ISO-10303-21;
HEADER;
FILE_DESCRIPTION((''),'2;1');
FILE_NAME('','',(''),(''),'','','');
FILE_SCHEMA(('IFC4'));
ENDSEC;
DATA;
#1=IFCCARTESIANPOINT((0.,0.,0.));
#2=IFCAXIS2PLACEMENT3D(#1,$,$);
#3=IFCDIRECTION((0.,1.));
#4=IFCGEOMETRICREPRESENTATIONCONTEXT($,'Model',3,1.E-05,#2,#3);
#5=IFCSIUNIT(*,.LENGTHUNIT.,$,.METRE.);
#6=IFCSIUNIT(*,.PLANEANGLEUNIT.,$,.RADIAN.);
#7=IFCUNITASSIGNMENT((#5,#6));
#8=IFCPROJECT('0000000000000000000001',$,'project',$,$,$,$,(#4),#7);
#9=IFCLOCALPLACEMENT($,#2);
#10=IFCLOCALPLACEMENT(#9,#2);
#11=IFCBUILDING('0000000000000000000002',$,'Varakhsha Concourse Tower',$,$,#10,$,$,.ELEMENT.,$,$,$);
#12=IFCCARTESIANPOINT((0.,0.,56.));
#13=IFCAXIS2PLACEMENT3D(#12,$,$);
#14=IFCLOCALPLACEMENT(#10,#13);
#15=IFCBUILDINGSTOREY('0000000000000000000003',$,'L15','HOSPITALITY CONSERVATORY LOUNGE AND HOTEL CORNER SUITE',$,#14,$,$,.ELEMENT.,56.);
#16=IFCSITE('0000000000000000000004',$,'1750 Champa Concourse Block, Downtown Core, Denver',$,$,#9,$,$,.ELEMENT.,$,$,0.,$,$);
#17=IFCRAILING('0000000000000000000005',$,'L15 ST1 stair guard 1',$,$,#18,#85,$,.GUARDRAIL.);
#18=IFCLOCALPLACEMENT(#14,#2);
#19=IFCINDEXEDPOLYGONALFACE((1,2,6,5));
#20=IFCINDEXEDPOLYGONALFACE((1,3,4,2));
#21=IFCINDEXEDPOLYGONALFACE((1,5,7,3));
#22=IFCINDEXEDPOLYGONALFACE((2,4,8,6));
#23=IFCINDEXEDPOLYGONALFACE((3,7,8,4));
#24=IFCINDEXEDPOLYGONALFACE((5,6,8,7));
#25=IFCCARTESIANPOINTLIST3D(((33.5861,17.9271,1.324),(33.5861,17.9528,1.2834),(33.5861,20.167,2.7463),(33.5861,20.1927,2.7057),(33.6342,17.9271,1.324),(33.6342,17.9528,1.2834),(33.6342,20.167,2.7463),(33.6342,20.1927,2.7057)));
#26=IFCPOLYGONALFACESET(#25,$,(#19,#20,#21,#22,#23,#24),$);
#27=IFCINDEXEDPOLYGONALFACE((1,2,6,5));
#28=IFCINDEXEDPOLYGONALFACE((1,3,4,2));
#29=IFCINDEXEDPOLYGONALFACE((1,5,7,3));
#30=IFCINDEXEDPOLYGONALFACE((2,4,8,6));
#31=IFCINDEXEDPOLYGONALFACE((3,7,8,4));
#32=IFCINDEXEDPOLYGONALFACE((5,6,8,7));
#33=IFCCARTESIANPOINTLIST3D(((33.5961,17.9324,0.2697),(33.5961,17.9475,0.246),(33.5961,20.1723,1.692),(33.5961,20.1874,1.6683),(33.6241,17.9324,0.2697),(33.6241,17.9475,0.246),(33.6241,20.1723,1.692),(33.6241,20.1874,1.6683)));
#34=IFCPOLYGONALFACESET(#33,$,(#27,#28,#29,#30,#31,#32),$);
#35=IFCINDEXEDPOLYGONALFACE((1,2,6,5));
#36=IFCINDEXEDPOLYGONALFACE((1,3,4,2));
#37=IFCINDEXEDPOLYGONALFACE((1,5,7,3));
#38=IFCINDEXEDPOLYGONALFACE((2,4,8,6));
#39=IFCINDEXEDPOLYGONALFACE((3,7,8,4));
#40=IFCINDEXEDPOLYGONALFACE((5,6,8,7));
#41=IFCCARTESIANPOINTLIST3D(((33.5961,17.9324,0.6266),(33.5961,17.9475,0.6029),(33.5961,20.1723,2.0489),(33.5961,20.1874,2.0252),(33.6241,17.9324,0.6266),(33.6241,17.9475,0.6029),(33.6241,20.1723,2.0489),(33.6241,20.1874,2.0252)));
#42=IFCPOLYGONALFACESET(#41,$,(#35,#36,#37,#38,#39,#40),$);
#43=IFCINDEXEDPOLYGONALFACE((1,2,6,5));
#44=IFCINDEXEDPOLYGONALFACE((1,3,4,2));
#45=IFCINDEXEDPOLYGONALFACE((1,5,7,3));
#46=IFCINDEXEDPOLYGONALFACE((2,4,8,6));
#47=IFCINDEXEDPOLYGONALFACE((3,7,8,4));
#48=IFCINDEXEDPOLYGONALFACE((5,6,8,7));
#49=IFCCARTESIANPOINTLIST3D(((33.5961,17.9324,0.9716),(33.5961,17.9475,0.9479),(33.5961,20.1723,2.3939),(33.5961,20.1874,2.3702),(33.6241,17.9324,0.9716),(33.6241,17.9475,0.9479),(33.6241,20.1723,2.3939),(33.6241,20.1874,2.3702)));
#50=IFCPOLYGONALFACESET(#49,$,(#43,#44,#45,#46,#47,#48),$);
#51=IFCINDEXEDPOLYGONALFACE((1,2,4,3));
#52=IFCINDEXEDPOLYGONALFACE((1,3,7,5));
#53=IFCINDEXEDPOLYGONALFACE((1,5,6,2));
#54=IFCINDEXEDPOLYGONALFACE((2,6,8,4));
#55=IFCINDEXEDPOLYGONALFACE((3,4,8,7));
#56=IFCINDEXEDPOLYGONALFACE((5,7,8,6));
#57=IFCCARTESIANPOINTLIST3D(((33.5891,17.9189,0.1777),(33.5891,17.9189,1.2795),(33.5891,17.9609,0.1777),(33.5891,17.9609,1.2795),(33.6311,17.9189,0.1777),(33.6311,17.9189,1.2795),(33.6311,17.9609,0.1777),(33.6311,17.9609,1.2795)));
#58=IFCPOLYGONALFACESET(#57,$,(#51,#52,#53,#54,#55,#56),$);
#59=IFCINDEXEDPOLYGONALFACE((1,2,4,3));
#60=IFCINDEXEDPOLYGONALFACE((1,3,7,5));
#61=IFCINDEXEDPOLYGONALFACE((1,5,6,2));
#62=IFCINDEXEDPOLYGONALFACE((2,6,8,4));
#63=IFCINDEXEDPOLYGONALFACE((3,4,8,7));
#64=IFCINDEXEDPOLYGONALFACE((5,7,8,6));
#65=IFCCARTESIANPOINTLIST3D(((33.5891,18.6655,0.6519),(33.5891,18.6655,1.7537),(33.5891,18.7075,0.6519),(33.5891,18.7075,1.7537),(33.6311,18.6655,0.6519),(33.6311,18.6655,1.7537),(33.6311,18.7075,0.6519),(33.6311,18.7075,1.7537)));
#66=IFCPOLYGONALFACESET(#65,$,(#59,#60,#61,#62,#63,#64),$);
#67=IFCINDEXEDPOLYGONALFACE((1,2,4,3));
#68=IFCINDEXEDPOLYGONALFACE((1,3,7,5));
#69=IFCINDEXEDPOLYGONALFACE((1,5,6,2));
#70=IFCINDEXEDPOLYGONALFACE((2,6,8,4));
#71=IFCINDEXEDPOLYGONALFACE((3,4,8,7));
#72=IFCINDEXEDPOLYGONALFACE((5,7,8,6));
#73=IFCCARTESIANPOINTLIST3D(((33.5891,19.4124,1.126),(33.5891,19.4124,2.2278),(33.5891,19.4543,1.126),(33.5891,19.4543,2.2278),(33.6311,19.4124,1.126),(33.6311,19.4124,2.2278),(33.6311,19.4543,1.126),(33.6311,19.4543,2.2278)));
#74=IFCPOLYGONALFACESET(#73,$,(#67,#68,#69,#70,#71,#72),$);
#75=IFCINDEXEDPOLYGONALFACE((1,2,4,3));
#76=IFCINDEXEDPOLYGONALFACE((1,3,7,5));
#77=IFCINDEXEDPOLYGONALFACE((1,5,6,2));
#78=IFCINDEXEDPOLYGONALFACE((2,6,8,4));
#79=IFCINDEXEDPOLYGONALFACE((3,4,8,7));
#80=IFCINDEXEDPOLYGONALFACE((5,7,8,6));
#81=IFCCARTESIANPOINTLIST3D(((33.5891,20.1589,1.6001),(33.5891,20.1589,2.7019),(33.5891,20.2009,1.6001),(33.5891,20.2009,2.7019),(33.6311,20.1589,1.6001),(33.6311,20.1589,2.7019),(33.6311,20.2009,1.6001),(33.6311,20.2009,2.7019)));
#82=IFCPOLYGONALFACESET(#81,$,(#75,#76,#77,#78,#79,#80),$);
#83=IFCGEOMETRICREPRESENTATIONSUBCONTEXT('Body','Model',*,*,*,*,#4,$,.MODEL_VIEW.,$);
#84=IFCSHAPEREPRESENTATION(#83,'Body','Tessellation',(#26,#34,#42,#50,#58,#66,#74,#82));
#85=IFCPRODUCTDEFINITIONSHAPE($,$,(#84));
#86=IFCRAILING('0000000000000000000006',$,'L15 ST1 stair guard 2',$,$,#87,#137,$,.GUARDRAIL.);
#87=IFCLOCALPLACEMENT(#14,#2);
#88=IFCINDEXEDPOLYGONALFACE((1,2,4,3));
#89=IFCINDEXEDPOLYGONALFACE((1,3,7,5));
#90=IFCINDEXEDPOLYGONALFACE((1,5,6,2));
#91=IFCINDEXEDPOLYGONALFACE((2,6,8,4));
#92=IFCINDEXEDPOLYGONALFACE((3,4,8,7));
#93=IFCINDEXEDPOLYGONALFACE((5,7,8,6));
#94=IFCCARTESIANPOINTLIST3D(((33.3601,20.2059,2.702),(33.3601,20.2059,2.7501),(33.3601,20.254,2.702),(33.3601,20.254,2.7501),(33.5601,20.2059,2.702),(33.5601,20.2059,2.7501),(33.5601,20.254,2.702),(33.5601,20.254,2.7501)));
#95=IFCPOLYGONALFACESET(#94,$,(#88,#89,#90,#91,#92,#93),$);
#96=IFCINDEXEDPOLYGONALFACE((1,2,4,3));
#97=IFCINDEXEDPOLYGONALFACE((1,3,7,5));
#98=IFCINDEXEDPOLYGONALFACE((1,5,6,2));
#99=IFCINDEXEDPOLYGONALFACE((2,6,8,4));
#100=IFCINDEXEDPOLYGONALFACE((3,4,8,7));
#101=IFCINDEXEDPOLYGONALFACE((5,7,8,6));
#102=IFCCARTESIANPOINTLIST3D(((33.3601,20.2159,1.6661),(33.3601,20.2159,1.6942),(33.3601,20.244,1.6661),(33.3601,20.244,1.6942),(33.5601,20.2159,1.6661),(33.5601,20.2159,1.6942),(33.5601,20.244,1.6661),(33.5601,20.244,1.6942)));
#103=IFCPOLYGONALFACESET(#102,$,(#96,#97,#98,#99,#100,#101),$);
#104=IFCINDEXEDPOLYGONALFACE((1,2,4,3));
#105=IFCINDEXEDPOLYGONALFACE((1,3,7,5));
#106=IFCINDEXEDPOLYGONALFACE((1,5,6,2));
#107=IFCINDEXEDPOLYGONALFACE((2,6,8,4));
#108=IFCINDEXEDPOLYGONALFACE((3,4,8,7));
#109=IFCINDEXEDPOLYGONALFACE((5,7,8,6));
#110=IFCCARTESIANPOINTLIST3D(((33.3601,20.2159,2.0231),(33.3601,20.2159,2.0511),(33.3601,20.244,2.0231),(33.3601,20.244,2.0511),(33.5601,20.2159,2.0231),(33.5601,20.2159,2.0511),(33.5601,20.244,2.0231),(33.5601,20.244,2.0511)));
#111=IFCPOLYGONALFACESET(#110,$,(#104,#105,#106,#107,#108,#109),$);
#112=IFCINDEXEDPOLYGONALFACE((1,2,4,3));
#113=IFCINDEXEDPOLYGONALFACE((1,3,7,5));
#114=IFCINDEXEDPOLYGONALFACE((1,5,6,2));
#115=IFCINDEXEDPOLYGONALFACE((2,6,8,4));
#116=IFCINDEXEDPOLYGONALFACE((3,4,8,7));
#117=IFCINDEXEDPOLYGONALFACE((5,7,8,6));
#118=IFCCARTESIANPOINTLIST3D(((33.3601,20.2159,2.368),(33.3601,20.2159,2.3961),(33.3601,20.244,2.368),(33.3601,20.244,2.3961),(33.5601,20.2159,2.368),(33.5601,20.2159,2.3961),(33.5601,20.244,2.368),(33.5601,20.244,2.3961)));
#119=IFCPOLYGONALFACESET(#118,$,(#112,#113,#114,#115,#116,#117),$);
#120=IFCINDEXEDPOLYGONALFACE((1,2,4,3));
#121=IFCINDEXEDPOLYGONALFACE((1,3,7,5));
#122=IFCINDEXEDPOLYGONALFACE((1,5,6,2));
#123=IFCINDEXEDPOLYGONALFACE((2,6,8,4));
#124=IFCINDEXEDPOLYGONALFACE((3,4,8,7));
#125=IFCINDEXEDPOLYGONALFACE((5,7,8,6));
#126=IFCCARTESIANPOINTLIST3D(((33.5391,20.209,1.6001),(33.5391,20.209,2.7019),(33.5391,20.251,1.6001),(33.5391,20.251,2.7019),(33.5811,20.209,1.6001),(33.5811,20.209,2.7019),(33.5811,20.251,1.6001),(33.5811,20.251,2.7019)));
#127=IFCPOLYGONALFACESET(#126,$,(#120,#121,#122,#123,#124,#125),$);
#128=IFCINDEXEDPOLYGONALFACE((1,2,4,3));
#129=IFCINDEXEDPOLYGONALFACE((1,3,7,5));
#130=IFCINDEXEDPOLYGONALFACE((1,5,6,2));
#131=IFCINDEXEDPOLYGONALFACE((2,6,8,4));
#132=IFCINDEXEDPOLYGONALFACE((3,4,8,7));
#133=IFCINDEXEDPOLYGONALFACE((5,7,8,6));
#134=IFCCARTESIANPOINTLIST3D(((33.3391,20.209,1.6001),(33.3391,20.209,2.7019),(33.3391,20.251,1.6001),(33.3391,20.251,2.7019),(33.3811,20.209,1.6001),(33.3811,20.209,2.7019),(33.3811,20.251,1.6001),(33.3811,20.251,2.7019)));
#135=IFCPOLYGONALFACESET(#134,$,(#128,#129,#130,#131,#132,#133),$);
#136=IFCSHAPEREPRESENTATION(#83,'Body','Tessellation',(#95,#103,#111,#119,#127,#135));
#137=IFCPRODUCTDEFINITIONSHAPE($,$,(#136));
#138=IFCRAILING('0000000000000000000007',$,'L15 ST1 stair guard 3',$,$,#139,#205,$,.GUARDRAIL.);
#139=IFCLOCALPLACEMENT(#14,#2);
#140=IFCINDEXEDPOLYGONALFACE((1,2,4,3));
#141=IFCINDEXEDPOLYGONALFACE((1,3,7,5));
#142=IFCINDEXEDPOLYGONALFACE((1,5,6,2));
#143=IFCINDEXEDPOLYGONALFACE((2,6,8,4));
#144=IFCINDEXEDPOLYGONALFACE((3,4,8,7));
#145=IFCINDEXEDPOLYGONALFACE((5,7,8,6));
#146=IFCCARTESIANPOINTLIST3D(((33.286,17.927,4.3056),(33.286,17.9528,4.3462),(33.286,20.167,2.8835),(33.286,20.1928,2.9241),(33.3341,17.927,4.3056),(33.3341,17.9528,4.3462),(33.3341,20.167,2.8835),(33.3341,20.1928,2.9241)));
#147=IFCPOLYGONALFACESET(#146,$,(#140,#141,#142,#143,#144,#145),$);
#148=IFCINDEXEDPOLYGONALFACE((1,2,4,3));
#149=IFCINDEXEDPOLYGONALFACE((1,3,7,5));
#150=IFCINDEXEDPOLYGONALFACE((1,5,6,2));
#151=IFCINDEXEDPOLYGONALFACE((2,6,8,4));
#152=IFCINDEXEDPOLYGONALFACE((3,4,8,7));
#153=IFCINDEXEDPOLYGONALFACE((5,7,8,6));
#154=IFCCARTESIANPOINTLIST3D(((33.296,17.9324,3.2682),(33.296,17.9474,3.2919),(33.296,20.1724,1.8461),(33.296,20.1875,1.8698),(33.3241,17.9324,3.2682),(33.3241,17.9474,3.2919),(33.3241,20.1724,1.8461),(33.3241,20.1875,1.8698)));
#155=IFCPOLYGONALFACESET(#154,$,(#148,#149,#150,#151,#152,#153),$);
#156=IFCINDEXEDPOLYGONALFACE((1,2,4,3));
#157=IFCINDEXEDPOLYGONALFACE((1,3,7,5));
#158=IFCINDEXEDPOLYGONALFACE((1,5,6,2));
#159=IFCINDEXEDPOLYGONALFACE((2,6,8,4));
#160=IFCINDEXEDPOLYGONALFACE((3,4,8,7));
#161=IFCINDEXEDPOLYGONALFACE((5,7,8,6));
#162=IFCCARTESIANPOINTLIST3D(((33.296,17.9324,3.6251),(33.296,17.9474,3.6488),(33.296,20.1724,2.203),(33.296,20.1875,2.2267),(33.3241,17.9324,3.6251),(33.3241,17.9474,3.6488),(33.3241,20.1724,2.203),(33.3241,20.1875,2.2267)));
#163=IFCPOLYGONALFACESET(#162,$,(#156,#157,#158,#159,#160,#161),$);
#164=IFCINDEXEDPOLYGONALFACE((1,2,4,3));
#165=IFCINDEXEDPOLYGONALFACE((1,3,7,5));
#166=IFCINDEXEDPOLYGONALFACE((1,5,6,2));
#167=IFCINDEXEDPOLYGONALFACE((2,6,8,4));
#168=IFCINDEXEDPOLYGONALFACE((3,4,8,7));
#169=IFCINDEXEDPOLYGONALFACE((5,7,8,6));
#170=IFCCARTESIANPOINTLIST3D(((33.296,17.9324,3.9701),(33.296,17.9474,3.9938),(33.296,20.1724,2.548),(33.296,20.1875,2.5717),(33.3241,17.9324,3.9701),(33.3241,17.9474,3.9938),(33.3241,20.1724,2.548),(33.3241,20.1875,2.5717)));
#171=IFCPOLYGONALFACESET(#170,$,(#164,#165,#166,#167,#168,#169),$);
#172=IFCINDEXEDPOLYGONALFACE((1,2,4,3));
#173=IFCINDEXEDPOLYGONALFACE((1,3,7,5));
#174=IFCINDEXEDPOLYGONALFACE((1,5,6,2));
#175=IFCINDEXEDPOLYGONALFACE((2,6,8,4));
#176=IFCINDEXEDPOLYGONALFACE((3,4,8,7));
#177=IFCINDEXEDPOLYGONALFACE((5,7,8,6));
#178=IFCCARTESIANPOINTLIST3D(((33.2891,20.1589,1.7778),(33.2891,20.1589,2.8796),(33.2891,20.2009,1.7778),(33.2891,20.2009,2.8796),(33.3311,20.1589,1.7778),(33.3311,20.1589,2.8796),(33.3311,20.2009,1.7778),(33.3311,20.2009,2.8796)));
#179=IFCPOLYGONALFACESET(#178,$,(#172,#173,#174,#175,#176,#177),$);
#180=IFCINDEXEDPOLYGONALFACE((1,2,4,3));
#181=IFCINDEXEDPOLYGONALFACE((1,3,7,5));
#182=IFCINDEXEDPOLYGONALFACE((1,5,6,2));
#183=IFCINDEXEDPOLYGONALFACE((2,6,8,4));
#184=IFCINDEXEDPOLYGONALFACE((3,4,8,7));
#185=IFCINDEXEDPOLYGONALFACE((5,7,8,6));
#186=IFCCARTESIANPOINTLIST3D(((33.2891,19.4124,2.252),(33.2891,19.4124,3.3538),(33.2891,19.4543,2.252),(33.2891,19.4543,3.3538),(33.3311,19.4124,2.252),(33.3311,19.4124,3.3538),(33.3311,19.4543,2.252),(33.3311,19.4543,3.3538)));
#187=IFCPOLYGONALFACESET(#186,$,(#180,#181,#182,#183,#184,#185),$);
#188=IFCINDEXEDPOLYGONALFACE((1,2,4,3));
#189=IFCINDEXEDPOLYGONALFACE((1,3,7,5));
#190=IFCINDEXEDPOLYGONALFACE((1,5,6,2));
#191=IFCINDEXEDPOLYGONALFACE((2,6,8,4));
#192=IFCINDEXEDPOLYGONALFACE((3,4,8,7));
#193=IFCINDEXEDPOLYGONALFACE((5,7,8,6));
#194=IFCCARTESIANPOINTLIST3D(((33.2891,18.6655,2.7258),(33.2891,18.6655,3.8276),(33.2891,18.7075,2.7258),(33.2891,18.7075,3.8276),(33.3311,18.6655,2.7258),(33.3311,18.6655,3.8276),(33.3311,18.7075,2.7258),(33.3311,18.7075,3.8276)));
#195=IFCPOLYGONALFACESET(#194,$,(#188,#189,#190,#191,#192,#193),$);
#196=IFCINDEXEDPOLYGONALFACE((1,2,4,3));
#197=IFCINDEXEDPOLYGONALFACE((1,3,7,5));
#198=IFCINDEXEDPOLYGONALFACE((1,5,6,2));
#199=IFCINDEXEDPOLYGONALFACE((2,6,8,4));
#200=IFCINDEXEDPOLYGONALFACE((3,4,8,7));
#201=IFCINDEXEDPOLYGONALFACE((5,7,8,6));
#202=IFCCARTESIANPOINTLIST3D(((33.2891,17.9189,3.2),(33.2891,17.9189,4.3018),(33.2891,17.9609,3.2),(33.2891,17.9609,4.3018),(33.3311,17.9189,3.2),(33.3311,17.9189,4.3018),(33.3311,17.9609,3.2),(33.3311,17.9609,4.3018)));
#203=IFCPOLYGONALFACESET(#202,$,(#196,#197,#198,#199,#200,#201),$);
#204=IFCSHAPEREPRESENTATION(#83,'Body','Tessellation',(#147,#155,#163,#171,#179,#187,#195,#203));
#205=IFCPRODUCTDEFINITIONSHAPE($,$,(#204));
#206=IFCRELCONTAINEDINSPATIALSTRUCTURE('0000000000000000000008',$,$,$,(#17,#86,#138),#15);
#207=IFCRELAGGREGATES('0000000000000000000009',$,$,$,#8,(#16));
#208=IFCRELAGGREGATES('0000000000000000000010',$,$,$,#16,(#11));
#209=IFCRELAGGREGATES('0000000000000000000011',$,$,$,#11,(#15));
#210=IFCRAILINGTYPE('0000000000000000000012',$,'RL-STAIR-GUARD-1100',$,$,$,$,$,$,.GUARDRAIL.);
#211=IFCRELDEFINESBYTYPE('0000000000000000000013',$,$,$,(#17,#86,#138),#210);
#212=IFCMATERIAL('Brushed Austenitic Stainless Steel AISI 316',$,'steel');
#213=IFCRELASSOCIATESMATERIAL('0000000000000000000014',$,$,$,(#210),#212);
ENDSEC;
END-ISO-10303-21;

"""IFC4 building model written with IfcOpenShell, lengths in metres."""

from ifc_helpers import new_model, si_unit, direction, frame, origin, origin_2d, place, context, subcontext, project, spatial, rectangle, extrude, material, type_object, element, save


model = new_model("IFC4")

# Units and contexts
model_context = context("Model", 3, precision=1e-05, world=origin(), true_north=direction((0.0, 1.0)))
body_context = subcontext(model_context, "Body", "Model", "MODEL_VIEW")
ifc_project = project(units=[si_unit("LENGTHUNIT", "METRE"), si_unit("PLANEANGLEUNIT", "RADIAN")], contexts=[model_context])

# Site, building, storey
site_placement = place(None, origin())
site = spatial("IfcSite", under=ifc_project, at=site_placement, Name="1750 Champa Concourse Block, Downtown Core, Denver", CompositionType="ELEMENT", RefElevation=0.0)
building_placement = place(site_placement, origin())
building = spatial("IfcBuilding", under=site, at=building_placement, Name="Varakhsha Concourse Tower", CompositionType="ELEMENT")
storey_placement = place(building_placement, frame((0.0, 0.0, 56.0)))
storey = spatial("IfcBuildingStorey", under=building, at=storey_placement, Name="L15", Description="HOSPITALITY CONSERVATORY LOUNGE AND HOTEL CORNER SUITE", CompositionType="ELEMENT", Elevation=56.0)

# Shared definitions
ifc_material_1 = material(Name="Brushed Austenitic Stainless Steel AISI 316", Category="steel")

# Railings
railing_type_1 = type_object("IfcRailingType", Name="RL-STAIR-GUARD-1100", PredefinedType="GUARDRAIL", material=ifc_material_1)
railing_1_placement = place(storey_placement, frame((33.6101, 17.9399, 0.1777)))
element("IfcRailing", 1, at=railing_1_placement, inside=storey, type_object=railing_type_1, Name="L15 ST1 stair guard 1", PredefinedType="GUARDRAIL", context=body_context, shape_type="SweptSolid", body=[
    extrude(rectangle(XDim=0.0481, YDim=0.0481, at=origin_2d()), frame((0.0, 0.0, 1.126), z_axis=(0.0, 0.844188, 0.536048), x_axis=(-1.0, 0.0, 0.0)), (0.0, 0.0, 1.0), 2.6533),
    extrude(rectangle(XDim=0.0281, YDim=0.0281, at=origin_2d()), frame((0.0, 0.0, 0.0801), z_axis=(0.0, 0.844188, 0.536048), x_axis=(-1.0, 0.0, 0.0)), (0.0, 0.0, 1.0), 2.6533),
    extrude(rectangle(XDim=0.0281, YDim=0.0281, at=origin_2d()), frame((0.0, 0.0, 0.437), z_axis=(0.0, 0.844188, 0.536048), x_axis=(-1.0, 0.0, 0.0)), (0.0, 0.0, 1.0), 2.6533),
    extrude(rectangle(XDim=0.0281, YDim=0.0281, at=origin_2d()), frame((0.0, 0.0, 0.782), z_axis=(0.0, 0.844188, 0.536048), x_axis=(-1.0, 0.0, 0.0)), (0.0, 0.0, 1.0), 2.6533),
    extrude(rectangle(XDim=0.042, YDim=0.042, at=origin_2d()), origin(), (0.0, 0.0, 1.0), 1.1018),
    extrude(rectangle(XDim=0.042, YDim=0.042, at=origin_2d()), frame((0.0, 0.7466, 0.4741)), (0.0, 0.0, 1.0), 1.1018),
    extrude(rectangle(XDim=0.042, YDim=0.042, at=origin_2d()), frame((0.0, 1.4934, 0.9482)), (0.0, 0.0, 1.0), 1.1018),
    extrude(rectangle(XDim=0.042, YDim=0.042, at=origin_2d()), frame((0.0, 2.24, 1.4224)), (0.0, 0.0, 1.0), 1.1018),
])
railing_2_placement = place(storey_placement, frame((33.5601, 20.23, 1.6001)))
element("IfcRailing", 2, at=railing_2_placement, inside=storey, type_object=railing_type_1, Name="L15 ST1 stair guard 2", PredefinedType="GUARDRAIL", context=body_context, shape_type="SweptSolid", body=[
    extrude(rectangle(XDim=0.0481, YDim=0.0481, at=origin_2d()), frame((0.0, 0.0, 1.126), z_axis=(-1.0, 0.0, 0.0), x_axis=(0.0, -1.0, 0.0)), (0.0, 0.0, 1.0), 0.2),
    extrude(rectangle(XDim=0.0281, YDim=0.0281, at=origin_2d()), frame((0.0, 0.0, 0.0801), z_axis=(-1.0, 0.0, 0.0), x_axis=(0.0, -1.0, 0.0)), (0.0, 0.0, 1.0), 0.2),
    extrude(rectangle(XDim=0.0281, YDim=0.0281, at=origin_2d()), frame((0.0, 0.0, 0.437), z_axis=(-1.0, 0.0, 0.0), x_axis=(0.0, -1.0, 0.0)), (0.0, 0.0, 1.0), 0.2),
    extrude(rectangle(XDim=0.0281, YDim=0.0281, at=origin_2d()), frame((0.0, 0.0, 0.782), z_axis=(-1.0, 0.0, 0.0), x_axis=(0.0, -1.0, 0.0)), (0.0, 0.0, 1.0), 0.2),
    extrude(rectangle(XDim=0.042, YDim=0.042, at=origin_2d()), origin(), (0.0, 0.0, 1.0), 1.1018),
    extrude(rectangle(XDim=0.042, YDim=0.042, at=origin_2d()), frame((-0.2, 0.0, 0.0)), (0.0, 0.0, 1.0), 1.1018),
])
railing_3_placement = place(storey_placement, frame((33.3101, 20.1799, 1.7778)))
element("IfcRailing", 3, at=railing_3_placement, inside=storey, type_object=railing_type_1, Name="L15 ST1 stair guard 3", PredefinedType="GUARDRAIL", context=body_context, shape_type="SweptSolid", body=[
    extrude(rectangle(XDim=0.0481, YDim=0.0481, at=origin_2d()), frame((0.0, 0.0, 1.126), z_axis=(0.0, -0.844229, 0.535982), x_axis=(1.0, 0.0, 0.0)), (0.0, 0.0, 1.0), 2.6533),
    extrude(rectangle(XDim=0.0281, YDim=0.0281, at=origin_2d()), frame((0.0, 0.0, 0.0801), z_axis=(0.0, -0.844229, 0.535982), x_axis=(1.0, 0.0, 0.0)), (0.0, 0.0, 1.0), 2.6533),
    extrude(rectangle(XDim=0.0281, YDim=0.0281, at=origin_2d()), frame((0.0, 0.0, 0.437), z_axis=(0.0, -0.844229, 0.535982), x_axis=(1.0, 0.0, 0.0)), (0.0, 0.0, 1.0), 2.6533),
    extrude(rectangle(XDim=0.0281, YDim=0.0281, at=origin_2d()), frame((0.0, 0.0, 0.782), z_axis=(0.0, -0.844229, 0.535982), x_axis=(1.0, 0.0, 0.0)), (0.0, 0.0, 1.0), 2.6533),
    extrude(rectangle(XDim=0.042, YDim=0.042, at=origin_2d()), origin(), (0.0, 0.0, 1.0), 1.1018),
    extrude(rectangle(XDim=0.042, YDim=0.042, at=origin_2d()), frame((0.0, -0.7466, 0.4741)), (0.0, 0.0, 1.0), 1.1018),
    extrude(rectangle(XDim=0.042, YDim=0.042, at=origin_2d()), frame((0.0, -1.4934, 0.948)), (0.0, 0.0, 1.0), 1.1018),
    extrude(rectangle(XDim=0.042, YDim=0.042, at=origin_2d()), frame((0.0, -2.24, 1.4221)), (0.0, 0.0, 1.0), 1.1018),
])

save(model, "model.ifc")
